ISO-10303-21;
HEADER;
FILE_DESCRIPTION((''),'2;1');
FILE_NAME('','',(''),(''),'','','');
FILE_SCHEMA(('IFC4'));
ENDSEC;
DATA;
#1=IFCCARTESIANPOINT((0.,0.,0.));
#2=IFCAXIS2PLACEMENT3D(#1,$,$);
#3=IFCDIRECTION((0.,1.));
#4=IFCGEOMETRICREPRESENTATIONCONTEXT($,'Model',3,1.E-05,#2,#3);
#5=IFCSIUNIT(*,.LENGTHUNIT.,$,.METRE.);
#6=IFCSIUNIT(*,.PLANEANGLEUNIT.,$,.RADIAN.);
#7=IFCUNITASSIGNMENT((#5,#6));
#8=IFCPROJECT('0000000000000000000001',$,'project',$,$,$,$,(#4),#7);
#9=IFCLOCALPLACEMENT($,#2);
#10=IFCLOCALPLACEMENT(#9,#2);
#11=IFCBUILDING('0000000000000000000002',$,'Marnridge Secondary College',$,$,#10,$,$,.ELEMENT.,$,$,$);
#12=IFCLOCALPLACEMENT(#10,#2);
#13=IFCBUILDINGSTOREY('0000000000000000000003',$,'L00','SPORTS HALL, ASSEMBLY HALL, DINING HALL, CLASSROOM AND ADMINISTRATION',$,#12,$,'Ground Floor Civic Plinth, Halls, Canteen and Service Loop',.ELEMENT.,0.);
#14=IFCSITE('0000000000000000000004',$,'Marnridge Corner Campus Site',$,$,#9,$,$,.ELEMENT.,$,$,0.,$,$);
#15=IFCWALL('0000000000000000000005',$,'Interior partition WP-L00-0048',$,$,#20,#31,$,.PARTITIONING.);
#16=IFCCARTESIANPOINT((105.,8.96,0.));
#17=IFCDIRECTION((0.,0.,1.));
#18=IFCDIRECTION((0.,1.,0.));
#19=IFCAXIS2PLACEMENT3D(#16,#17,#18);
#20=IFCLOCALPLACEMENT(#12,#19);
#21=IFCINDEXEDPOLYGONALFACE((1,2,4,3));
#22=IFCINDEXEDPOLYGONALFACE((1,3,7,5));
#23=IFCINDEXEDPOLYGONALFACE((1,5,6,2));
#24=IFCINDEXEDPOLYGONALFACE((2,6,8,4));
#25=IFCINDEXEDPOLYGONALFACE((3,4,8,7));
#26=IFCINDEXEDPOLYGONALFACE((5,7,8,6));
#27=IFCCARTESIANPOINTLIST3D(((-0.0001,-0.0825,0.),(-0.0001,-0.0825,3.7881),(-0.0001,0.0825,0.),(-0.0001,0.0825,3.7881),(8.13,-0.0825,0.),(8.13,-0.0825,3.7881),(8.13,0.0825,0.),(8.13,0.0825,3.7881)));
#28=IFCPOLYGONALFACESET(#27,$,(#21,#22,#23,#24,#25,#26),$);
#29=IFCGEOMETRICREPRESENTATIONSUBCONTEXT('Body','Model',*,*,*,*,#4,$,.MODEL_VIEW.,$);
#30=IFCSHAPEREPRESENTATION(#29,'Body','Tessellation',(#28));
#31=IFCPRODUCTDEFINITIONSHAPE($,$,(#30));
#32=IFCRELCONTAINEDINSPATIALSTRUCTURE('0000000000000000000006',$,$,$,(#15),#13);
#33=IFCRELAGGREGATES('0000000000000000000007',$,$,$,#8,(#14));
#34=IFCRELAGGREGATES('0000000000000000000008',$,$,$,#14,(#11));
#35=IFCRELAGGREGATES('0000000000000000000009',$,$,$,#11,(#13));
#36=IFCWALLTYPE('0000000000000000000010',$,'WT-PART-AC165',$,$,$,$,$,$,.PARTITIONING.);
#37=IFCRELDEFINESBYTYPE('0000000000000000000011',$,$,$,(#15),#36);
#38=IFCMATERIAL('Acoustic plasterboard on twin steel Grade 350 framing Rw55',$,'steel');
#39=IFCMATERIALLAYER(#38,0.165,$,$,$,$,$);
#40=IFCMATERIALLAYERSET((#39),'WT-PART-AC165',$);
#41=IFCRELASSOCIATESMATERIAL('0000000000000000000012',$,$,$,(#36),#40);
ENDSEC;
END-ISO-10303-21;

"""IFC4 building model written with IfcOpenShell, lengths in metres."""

from ifc_helpers import new_model, si_unit, direction, frame, frame_2d, origin, place, context, subcontext, project, spatial, rectangle, extrude, material, layer, layer_set, type_object, element, save


model = new_model("IFC4")

# Units and contexts
model_context = context("Model", 3, precision=1e-05, world=origin(), true_north=direction((0.0, 1.0)))
body_context = subcontext(model_context, "Body", "Model", "MODEL_VIEW")
ifc_project = project(units=[si_unit("LENGTHUNIT", "METRE"), si_unit("PLANEANGLEUNIT", "RADIAN")], contexts=[model_context])

# Site, building, storey
site_placement = place(None, origin())
site = spatial("IfcSite", under=ifc_project, at=site_placement, Name="Marnridge Corner Campus Site", CompositionType="ELEMENT", RefElevation=0.0)
building_placement = place(site_placement, origin())
building = spatial("IfcBuilding", under=site, at=building_placement, Name="Marnridge Secondary College", CompositionType="ELEMENT")
storey_placement = place(building_placement, origin())
storey = spatial("IfcBuildingStorey", under=building, at=storey_placement, Name="L00", Description="SPORTS HALL, ASSEMBLY HALL, DINING HALL, CLASSROOM AND ADMINISTRATION", LongName="Ground Floor Civic Plinth, Halls, Canteen and Service Loop", CompositionType="ELEMENT", Elevation=0.0)

# Wall
ifc_material_1 = material(Name="Acoustic plasterboard on twin steel Grade 350 framing Rw55", Category="steel")
ifc_layer_1 = layer(ifc_material_1, 0.165)
ifc_layer_set_1 = layer_set([ifc_layer_1], Name="WT-PART-AC165")
wall_type_1 = type_object("IfcWallType", Name="WT-PART-AC165", PredefinedType="PARTITIONING", material=ifc_layer_set_1)
wall_1_placement = place(storey_placement, frame((105.0, 8.96, 0.0), z_axis=(0.0, 0.0, 1.0), x_axis=(0.0, 1.0, 0.0)))
element("IfcWall", 1, at=wall_1_placement, inside=storey, type_object=wall_type_1, Name="Interior partition WP-L00-0048", PredefinedType="PARTITIONING", context=body_context, shape_type="SweptSolid", body=[
    extrude(rectangle(XDim=8.1301, YDim=0.165, at=frame_2d((4.0649, 0.0))), origin(), (0.0, 0.0, 1.0), 3.7881),
])

save(model, "model.ifc")
